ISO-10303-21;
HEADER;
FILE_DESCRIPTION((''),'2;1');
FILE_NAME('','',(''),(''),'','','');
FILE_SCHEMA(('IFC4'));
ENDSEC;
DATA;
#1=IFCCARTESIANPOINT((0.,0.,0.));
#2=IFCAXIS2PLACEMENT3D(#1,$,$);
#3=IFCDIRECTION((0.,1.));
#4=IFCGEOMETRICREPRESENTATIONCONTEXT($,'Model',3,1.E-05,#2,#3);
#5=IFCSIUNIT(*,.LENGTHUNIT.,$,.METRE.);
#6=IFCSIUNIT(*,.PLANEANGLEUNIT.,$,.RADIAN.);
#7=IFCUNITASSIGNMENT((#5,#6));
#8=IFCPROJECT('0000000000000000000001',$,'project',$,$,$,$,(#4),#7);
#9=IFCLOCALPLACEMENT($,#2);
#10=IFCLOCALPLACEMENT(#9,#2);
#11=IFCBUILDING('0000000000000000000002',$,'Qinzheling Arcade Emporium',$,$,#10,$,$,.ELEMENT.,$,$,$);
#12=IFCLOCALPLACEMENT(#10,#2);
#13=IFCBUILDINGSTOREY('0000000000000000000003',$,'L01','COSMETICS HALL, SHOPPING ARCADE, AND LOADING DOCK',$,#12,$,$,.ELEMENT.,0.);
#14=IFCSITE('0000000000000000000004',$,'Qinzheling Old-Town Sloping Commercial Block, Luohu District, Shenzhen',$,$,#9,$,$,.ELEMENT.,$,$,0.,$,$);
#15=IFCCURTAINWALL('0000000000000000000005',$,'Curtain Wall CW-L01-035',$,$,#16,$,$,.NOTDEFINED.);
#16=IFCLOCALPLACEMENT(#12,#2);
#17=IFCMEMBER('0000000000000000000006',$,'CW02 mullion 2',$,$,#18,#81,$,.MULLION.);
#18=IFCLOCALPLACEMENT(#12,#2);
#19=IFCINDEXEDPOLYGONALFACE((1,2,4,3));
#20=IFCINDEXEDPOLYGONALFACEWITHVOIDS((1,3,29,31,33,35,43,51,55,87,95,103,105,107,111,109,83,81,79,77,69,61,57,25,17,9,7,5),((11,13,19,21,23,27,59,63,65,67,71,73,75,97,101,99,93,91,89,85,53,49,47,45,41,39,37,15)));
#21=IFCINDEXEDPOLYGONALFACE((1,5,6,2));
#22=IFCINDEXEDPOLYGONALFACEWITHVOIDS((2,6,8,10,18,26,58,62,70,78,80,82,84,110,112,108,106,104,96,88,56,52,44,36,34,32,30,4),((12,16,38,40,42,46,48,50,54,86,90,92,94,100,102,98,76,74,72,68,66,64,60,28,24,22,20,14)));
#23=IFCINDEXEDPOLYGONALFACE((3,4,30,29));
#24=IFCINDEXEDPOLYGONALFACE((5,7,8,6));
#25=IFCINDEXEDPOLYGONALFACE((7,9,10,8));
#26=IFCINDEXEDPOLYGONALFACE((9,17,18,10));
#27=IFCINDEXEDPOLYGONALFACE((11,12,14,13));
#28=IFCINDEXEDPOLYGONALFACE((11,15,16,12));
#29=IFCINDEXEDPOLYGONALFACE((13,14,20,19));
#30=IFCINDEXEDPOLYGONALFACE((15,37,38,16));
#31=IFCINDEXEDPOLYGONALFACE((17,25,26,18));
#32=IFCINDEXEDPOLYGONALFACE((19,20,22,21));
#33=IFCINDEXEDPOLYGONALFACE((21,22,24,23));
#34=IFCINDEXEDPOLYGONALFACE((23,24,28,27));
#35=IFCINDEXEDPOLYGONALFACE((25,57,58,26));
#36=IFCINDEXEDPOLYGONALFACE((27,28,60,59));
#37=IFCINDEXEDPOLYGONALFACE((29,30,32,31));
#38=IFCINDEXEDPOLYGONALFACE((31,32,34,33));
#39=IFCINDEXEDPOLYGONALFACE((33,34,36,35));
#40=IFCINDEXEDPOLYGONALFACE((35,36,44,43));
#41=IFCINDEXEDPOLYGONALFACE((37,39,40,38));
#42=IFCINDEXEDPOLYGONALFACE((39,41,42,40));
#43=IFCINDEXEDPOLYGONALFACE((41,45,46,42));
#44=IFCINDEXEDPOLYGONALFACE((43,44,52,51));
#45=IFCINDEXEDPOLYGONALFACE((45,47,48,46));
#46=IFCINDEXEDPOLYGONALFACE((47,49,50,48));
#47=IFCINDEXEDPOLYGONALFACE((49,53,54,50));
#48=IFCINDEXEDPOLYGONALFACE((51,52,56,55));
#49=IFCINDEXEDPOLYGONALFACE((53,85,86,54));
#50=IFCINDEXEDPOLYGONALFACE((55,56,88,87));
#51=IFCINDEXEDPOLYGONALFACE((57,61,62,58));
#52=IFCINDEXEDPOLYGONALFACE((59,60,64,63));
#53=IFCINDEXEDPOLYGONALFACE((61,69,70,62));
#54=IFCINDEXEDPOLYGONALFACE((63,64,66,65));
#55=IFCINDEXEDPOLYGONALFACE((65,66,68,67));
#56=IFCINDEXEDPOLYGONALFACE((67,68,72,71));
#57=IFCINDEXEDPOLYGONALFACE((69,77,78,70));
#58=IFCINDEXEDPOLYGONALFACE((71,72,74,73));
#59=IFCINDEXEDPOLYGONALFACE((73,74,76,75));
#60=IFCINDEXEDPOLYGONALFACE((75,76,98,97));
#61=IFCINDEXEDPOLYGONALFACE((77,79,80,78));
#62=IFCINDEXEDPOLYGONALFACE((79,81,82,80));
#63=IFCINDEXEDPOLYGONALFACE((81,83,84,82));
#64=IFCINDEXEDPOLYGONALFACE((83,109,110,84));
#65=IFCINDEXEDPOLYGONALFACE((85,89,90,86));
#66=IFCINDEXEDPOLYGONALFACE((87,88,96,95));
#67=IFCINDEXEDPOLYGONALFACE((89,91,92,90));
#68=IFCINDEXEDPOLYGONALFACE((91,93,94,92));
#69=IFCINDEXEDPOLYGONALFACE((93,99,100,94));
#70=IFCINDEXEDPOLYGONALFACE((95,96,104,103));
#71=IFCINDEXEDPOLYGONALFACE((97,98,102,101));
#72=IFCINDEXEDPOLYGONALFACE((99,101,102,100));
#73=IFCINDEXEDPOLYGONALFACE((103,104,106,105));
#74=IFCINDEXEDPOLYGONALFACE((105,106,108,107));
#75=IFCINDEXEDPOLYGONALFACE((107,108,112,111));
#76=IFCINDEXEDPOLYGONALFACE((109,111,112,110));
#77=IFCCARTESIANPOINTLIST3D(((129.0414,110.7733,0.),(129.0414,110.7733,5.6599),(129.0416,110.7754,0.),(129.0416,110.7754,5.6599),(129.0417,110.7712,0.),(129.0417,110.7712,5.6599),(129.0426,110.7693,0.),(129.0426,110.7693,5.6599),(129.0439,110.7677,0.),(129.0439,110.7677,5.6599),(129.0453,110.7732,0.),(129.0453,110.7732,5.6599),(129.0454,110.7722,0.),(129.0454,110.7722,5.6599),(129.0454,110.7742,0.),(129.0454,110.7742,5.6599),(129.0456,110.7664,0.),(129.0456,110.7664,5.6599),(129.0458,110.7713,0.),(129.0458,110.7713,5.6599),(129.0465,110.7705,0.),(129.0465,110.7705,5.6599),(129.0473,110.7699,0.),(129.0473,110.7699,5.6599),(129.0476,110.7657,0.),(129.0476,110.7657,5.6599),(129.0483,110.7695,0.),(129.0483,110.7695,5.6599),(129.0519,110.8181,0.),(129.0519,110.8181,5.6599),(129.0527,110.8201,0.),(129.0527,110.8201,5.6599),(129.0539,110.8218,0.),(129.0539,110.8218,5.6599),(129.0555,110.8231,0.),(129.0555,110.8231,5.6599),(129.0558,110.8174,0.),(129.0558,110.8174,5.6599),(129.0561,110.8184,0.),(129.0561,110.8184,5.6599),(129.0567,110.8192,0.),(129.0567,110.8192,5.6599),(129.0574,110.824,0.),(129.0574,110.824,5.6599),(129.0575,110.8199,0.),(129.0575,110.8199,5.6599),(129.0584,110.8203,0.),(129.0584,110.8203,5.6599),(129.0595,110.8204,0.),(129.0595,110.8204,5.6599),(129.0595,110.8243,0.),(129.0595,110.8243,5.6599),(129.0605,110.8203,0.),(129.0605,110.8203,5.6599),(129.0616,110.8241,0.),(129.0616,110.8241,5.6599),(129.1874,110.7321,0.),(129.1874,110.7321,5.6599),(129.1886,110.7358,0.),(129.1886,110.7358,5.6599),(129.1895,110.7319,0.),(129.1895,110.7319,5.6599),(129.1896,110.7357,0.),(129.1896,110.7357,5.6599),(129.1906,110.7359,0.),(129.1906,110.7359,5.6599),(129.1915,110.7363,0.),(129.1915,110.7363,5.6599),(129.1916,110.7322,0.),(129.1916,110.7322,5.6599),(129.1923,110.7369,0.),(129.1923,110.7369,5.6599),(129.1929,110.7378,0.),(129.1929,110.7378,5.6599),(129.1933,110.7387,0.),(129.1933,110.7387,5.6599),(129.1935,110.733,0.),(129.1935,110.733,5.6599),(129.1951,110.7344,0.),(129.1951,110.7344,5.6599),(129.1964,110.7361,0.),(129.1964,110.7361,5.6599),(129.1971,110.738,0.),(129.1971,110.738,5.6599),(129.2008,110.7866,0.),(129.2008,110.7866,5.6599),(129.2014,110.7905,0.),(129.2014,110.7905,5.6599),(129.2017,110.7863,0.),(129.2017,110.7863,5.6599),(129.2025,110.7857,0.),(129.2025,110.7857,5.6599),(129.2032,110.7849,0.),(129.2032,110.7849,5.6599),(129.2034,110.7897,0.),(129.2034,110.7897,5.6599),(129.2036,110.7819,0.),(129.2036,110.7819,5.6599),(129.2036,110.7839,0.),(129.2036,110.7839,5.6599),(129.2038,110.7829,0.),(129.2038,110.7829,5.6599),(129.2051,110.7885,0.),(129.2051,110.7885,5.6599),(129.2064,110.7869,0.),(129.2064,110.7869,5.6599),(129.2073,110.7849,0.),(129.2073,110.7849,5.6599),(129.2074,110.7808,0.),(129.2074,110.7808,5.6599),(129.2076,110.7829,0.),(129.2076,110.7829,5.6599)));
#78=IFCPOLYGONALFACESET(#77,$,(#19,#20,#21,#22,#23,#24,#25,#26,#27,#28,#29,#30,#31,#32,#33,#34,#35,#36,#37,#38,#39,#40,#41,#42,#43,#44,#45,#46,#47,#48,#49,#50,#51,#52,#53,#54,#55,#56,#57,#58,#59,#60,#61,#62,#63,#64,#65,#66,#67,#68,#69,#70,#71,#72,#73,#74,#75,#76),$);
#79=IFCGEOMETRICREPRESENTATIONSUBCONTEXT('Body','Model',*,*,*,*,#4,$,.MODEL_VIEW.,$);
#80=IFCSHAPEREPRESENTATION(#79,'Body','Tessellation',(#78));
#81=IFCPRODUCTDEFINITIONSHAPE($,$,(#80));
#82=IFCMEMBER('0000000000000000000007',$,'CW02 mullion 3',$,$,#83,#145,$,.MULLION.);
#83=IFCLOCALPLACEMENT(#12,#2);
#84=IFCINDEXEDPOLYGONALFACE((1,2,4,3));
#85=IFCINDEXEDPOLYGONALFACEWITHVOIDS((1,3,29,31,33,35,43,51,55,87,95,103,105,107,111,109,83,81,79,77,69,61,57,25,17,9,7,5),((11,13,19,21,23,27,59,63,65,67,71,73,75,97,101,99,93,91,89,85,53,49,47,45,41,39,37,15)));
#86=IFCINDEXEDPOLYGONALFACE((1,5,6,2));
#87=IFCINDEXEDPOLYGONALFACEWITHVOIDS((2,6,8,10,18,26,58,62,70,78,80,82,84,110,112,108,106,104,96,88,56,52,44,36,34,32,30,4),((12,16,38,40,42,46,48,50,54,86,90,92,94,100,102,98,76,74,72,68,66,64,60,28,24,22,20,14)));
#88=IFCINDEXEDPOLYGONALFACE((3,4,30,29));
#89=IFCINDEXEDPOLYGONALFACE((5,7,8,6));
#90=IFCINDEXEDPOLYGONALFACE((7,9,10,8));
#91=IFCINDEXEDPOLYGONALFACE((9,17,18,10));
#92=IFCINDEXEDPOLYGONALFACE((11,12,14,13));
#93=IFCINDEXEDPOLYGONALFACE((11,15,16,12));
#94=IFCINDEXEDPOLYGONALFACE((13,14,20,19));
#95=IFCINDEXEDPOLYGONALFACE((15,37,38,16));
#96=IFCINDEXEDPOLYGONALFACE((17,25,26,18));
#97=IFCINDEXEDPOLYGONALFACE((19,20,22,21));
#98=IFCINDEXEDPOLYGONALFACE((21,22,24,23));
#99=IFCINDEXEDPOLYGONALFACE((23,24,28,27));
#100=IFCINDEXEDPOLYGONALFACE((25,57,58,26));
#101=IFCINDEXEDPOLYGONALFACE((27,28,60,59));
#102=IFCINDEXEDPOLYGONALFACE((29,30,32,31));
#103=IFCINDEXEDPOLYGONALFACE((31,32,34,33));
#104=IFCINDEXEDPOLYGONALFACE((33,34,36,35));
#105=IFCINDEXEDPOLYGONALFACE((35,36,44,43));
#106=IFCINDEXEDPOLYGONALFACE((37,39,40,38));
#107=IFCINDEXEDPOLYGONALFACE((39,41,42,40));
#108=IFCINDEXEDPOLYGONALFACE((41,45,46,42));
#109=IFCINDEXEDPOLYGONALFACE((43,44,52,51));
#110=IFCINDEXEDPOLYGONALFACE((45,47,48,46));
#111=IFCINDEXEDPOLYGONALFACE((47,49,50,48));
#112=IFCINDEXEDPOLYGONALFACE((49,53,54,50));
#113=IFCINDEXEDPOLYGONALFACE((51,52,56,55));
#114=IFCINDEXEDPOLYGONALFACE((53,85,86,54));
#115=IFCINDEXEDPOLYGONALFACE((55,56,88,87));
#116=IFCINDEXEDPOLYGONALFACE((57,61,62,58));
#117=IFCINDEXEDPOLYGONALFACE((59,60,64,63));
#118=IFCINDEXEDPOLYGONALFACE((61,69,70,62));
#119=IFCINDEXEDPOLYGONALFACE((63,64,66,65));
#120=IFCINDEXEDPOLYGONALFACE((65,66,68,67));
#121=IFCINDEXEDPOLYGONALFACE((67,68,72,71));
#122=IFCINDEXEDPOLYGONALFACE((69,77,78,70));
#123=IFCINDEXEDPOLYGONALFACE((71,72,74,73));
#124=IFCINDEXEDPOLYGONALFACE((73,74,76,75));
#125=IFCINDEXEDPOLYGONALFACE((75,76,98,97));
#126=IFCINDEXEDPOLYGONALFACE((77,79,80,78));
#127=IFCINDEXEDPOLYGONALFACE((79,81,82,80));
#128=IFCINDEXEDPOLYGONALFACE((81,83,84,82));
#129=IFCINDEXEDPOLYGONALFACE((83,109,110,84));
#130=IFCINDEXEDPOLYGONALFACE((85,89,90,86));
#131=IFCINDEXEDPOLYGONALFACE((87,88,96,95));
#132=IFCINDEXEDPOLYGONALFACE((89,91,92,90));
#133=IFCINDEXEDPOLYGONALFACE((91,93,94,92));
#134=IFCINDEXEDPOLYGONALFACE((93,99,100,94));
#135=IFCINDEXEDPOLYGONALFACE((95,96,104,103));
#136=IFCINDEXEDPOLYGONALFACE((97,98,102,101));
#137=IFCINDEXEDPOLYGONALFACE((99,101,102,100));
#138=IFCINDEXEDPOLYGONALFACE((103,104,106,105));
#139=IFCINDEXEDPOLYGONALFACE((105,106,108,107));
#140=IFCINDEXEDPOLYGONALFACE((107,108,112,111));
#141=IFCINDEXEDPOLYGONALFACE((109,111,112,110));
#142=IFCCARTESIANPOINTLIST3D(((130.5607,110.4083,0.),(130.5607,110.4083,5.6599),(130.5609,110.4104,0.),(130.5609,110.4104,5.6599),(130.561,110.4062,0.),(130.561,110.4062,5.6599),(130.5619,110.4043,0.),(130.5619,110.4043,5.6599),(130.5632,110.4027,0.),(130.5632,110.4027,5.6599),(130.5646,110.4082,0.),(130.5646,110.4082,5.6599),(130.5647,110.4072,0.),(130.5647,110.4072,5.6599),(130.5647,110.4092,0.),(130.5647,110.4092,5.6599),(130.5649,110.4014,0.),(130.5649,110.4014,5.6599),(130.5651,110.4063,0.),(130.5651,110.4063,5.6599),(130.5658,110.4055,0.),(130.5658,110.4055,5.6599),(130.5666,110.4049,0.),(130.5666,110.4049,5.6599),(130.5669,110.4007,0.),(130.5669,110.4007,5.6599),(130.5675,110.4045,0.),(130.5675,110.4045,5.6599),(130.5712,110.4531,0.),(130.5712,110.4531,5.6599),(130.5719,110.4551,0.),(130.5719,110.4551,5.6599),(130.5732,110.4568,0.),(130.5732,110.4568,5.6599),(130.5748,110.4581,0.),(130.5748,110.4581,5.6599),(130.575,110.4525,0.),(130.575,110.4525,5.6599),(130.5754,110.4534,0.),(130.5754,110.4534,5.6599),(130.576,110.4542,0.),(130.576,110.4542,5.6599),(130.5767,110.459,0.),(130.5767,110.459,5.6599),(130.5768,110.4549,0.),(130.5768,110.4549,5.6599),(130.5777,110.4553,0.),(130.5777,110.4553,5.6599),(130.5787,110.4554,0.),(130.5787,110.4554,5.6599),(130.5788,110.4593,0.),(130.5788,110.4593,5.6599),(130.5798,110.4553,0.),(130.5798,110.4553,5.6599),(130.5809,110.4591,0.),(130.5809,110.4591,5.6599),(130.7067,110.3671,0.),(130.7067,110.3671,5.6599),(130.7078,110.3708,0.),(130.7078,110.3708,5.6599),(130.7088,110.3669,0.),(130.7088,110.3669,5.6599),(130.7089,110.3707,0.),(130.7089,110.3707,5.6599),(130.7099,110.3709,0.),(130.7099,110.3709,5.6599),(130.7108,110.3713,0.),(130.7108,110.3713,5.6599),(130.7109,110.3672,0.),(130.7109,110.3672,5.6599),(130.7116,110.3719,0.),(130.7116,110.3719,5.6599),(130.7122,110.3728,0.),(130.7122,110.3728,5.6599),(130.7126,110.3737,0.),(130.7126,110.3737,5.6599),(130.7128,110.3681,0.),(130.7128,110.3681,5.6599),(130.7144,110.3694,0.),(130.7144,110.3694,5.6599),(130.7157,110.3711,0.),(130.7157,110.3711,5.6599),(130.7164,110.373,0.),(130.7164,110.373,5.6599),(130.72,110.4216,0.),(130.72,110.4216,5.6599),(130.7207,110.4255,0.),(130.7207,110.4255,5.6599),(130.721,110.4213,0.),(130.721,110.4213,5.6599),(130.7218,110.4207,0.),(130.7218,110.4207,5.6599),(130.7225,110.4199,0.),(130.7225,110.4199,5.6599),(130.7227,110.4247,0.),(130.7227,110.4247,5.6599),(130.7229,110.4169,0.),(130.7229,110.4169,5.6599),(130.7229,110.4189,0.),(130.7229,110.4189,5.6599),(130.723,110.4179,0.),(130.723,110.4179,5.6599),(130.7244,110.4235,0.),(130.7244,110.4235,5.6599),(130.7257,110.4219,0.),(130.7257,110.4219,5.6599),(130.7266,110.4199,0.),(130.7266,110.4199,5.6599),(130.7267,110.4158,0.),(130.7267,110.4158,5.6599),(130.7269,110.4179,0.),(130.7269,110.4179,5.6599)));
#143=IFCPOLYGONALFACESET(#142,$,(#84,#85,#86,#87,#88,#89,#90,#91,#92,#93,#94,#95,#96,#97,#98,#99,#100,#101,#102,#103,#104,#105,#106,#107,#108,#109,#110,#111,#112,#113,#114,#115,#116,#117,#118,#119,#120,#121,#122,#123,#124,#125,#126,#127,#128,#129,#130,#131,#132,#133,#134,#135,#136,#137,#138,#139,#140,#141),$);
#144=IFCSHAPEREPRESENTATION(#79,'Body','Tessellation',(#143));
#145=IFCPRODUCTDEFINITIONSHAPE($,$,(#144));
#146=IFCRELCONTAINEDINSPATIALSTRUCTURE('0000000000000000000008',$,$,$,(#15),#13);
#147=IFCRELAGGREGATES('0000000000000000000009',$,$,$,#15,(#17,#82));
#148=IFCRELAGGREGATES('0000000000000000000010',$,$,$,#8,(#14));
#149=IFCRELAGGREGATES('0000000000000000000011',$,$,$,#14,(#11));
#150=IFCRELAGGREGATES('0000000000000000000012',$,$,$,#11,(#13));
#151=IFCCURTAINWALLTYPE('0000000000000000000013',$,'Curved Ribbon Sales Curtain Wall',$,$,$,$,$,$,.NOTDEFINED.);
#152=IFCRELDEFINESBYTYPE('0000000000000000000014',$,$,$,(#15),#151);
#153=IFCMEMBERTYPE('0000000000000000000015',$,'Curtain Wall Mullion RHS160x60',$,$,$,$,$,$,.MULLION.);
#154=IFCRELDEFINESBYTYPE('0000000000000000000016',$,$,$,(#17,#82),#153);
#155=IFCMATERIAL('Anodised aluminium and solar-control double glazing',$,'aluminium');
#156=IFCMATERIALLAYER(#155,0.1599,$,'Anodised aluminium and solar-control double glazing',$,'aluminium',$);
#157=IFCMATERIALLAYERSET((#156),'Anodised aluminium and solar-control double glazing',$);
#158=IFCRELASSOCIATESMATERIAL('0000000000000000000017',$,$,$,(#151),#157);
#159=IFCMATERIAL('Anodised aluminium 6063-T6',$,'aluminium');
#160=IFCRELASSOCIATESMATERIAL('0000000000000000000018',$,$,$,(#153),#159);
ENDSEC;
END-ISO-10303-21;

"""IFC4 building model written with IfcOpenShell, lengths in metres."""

from ifc_helpers import new_model, si_unit, direction, frame, origin, origin_2d, place, context, subcontext, project, spatial, hollow_rectangle, extrude, material, layer, layer_set, material_profile, profile_set, type_object, element, aggregate, save


model = new_model("IFC4")

# Units and contexts
model_context = context("Model", 3, precision=1e-05, world=origin(), true_north=direction((0.0, 1.0)))
body_context = subcontext(model_context, "Body", "Model", "MODEL_VIEW")
ifc_project = project(units=[si_unit("LENGTHUNIT", "METRE"), si_unit("PLANEANGLEUNIT", "RADIAN")], contexts=[model_context])

# Site, building, storey
site_placement = place(None, origin())
site = spatial("IfcSite", under=ifc_project, at=site_placement, Name="Qinzheling Old-Town Sloping Commercial Block, Luohu District, Shenzhen", CompositionType="ELEMENT", RefElevation=0.0)
building_placement = place(site_placement, origin())
building = spatial("IfcBuilding", under=site, at=building_placement, Name="Qinzheling Arcade Emporium", CompositionType="ELEMENT")
storey_placement = place(building_placement, origin())
storey = spatial("IfcBuildingStorey", under=building, at=storey_placement, Name="L01", Description="COSMETICS HALL, SHOPPING ARCADE, AND LOADING DOCK", CompositionType="ELEMENT", Elevation=0.0)

# Curtain wall, members
ifc_material_1 = material(Name="Anodised aluminium and solar-control double glazing", Category="aluminium")
ifc_layer_1 = layer(ifc_material_1, 0.1599, Name="Anodised aluminium and solar-control double glazing", Category="aluminium")
ifc_layer_set_1 = layer_set([ifc_layer_1], Name="Anodised aluminium and solar-control double glazing")
curtain_wall_type = type_object("IfcCurtainWallType", Name="Curved Ribbon Sales Curtain Wall", PredefinedType="NOTDEFINED", material=ifc_layer_set_1)
curtain_wall_placement = place(storey_placement, origin())
curtain_wall = element("IfcCurtainWall", 1, at=curtain_wall_placement, inside=storey, type_object=curtain_wall_type, Name="Curtain Wall CW-L01-035", PredefinedType="NOTDEFINED")
ifc_material_2 = material(Name="Anodised aluminium 6063-T6", Category="aluminium")
ifc_material_profile_1 = material_profile(ifc_material_2, hollow_rectangle(XDim=0.0601, YDim=0.1599, WallThickness=0.0039, InnerFilletRadius=0.0039, OuterFilletRadius=0.0081, at=origin_2d()), Name="RHS 160x60x4", Category="aluminium")
ifc_profile_set_1 = profile_set([ifc_material_profile_1], Name="Anodised aluminium 6063-T6")
member_type_1 = type_object("IfcMemberType", Name="Curtain Wall Mullion RHS160x60", PredefinedType="MULLION", material=ifc_profile_set_1)
member_1_placement = place(storey_placement, frame((129.1245, 110.7781, 0.0), z_axis=(0.0, 0.0, 1.0), x_axis=(0.233587, 0.972336, 0.0)))
member_1 = element("IfcMember", 2, at=member_1_placement, type_object=member_type_1, Name="CW02 mullion 2", PredefinedType="MULLION", context=body_context, shape_type="SweptSolid", body=[
    extrude(hollow_rectangle(XDim=0.0601, YDim=0.1599, WallThickness=0.0039, InnerFilletRadius=0.0039, OuterFilletRadius=0.0081, at=origin_2d()), origin(), (0.0, 0.0, 1.0), 5.6599),
])
member_2_placement = place(storey_placement, frame((130.6438, 110.4131, 0.0), z_axis=(0.0, 0.0, 1.0), x_axis=(0.233587, 0.972336, 0.0)))
member_2 = element("IfcMember", 3, at=member_2_placement, type_object=member_type_1, Name="CW02 mullion 3", PredefinedType="MULLION", context=body_context, shape_type="SweptSolid", body=[
    extrude(hollow_rectangle(XDim=0.0601, YDim=0.1599, WallThickness=0.0039, InnerFilletRadius=0.0039, OuterFilletRadius=0.0081, at=origin_2d()), origin(), (0.0, 0.0, 1.0), 5.6599),
])

aggregate(curtain_wall, [member_1, member_2])

save(model, "model.ifc")
